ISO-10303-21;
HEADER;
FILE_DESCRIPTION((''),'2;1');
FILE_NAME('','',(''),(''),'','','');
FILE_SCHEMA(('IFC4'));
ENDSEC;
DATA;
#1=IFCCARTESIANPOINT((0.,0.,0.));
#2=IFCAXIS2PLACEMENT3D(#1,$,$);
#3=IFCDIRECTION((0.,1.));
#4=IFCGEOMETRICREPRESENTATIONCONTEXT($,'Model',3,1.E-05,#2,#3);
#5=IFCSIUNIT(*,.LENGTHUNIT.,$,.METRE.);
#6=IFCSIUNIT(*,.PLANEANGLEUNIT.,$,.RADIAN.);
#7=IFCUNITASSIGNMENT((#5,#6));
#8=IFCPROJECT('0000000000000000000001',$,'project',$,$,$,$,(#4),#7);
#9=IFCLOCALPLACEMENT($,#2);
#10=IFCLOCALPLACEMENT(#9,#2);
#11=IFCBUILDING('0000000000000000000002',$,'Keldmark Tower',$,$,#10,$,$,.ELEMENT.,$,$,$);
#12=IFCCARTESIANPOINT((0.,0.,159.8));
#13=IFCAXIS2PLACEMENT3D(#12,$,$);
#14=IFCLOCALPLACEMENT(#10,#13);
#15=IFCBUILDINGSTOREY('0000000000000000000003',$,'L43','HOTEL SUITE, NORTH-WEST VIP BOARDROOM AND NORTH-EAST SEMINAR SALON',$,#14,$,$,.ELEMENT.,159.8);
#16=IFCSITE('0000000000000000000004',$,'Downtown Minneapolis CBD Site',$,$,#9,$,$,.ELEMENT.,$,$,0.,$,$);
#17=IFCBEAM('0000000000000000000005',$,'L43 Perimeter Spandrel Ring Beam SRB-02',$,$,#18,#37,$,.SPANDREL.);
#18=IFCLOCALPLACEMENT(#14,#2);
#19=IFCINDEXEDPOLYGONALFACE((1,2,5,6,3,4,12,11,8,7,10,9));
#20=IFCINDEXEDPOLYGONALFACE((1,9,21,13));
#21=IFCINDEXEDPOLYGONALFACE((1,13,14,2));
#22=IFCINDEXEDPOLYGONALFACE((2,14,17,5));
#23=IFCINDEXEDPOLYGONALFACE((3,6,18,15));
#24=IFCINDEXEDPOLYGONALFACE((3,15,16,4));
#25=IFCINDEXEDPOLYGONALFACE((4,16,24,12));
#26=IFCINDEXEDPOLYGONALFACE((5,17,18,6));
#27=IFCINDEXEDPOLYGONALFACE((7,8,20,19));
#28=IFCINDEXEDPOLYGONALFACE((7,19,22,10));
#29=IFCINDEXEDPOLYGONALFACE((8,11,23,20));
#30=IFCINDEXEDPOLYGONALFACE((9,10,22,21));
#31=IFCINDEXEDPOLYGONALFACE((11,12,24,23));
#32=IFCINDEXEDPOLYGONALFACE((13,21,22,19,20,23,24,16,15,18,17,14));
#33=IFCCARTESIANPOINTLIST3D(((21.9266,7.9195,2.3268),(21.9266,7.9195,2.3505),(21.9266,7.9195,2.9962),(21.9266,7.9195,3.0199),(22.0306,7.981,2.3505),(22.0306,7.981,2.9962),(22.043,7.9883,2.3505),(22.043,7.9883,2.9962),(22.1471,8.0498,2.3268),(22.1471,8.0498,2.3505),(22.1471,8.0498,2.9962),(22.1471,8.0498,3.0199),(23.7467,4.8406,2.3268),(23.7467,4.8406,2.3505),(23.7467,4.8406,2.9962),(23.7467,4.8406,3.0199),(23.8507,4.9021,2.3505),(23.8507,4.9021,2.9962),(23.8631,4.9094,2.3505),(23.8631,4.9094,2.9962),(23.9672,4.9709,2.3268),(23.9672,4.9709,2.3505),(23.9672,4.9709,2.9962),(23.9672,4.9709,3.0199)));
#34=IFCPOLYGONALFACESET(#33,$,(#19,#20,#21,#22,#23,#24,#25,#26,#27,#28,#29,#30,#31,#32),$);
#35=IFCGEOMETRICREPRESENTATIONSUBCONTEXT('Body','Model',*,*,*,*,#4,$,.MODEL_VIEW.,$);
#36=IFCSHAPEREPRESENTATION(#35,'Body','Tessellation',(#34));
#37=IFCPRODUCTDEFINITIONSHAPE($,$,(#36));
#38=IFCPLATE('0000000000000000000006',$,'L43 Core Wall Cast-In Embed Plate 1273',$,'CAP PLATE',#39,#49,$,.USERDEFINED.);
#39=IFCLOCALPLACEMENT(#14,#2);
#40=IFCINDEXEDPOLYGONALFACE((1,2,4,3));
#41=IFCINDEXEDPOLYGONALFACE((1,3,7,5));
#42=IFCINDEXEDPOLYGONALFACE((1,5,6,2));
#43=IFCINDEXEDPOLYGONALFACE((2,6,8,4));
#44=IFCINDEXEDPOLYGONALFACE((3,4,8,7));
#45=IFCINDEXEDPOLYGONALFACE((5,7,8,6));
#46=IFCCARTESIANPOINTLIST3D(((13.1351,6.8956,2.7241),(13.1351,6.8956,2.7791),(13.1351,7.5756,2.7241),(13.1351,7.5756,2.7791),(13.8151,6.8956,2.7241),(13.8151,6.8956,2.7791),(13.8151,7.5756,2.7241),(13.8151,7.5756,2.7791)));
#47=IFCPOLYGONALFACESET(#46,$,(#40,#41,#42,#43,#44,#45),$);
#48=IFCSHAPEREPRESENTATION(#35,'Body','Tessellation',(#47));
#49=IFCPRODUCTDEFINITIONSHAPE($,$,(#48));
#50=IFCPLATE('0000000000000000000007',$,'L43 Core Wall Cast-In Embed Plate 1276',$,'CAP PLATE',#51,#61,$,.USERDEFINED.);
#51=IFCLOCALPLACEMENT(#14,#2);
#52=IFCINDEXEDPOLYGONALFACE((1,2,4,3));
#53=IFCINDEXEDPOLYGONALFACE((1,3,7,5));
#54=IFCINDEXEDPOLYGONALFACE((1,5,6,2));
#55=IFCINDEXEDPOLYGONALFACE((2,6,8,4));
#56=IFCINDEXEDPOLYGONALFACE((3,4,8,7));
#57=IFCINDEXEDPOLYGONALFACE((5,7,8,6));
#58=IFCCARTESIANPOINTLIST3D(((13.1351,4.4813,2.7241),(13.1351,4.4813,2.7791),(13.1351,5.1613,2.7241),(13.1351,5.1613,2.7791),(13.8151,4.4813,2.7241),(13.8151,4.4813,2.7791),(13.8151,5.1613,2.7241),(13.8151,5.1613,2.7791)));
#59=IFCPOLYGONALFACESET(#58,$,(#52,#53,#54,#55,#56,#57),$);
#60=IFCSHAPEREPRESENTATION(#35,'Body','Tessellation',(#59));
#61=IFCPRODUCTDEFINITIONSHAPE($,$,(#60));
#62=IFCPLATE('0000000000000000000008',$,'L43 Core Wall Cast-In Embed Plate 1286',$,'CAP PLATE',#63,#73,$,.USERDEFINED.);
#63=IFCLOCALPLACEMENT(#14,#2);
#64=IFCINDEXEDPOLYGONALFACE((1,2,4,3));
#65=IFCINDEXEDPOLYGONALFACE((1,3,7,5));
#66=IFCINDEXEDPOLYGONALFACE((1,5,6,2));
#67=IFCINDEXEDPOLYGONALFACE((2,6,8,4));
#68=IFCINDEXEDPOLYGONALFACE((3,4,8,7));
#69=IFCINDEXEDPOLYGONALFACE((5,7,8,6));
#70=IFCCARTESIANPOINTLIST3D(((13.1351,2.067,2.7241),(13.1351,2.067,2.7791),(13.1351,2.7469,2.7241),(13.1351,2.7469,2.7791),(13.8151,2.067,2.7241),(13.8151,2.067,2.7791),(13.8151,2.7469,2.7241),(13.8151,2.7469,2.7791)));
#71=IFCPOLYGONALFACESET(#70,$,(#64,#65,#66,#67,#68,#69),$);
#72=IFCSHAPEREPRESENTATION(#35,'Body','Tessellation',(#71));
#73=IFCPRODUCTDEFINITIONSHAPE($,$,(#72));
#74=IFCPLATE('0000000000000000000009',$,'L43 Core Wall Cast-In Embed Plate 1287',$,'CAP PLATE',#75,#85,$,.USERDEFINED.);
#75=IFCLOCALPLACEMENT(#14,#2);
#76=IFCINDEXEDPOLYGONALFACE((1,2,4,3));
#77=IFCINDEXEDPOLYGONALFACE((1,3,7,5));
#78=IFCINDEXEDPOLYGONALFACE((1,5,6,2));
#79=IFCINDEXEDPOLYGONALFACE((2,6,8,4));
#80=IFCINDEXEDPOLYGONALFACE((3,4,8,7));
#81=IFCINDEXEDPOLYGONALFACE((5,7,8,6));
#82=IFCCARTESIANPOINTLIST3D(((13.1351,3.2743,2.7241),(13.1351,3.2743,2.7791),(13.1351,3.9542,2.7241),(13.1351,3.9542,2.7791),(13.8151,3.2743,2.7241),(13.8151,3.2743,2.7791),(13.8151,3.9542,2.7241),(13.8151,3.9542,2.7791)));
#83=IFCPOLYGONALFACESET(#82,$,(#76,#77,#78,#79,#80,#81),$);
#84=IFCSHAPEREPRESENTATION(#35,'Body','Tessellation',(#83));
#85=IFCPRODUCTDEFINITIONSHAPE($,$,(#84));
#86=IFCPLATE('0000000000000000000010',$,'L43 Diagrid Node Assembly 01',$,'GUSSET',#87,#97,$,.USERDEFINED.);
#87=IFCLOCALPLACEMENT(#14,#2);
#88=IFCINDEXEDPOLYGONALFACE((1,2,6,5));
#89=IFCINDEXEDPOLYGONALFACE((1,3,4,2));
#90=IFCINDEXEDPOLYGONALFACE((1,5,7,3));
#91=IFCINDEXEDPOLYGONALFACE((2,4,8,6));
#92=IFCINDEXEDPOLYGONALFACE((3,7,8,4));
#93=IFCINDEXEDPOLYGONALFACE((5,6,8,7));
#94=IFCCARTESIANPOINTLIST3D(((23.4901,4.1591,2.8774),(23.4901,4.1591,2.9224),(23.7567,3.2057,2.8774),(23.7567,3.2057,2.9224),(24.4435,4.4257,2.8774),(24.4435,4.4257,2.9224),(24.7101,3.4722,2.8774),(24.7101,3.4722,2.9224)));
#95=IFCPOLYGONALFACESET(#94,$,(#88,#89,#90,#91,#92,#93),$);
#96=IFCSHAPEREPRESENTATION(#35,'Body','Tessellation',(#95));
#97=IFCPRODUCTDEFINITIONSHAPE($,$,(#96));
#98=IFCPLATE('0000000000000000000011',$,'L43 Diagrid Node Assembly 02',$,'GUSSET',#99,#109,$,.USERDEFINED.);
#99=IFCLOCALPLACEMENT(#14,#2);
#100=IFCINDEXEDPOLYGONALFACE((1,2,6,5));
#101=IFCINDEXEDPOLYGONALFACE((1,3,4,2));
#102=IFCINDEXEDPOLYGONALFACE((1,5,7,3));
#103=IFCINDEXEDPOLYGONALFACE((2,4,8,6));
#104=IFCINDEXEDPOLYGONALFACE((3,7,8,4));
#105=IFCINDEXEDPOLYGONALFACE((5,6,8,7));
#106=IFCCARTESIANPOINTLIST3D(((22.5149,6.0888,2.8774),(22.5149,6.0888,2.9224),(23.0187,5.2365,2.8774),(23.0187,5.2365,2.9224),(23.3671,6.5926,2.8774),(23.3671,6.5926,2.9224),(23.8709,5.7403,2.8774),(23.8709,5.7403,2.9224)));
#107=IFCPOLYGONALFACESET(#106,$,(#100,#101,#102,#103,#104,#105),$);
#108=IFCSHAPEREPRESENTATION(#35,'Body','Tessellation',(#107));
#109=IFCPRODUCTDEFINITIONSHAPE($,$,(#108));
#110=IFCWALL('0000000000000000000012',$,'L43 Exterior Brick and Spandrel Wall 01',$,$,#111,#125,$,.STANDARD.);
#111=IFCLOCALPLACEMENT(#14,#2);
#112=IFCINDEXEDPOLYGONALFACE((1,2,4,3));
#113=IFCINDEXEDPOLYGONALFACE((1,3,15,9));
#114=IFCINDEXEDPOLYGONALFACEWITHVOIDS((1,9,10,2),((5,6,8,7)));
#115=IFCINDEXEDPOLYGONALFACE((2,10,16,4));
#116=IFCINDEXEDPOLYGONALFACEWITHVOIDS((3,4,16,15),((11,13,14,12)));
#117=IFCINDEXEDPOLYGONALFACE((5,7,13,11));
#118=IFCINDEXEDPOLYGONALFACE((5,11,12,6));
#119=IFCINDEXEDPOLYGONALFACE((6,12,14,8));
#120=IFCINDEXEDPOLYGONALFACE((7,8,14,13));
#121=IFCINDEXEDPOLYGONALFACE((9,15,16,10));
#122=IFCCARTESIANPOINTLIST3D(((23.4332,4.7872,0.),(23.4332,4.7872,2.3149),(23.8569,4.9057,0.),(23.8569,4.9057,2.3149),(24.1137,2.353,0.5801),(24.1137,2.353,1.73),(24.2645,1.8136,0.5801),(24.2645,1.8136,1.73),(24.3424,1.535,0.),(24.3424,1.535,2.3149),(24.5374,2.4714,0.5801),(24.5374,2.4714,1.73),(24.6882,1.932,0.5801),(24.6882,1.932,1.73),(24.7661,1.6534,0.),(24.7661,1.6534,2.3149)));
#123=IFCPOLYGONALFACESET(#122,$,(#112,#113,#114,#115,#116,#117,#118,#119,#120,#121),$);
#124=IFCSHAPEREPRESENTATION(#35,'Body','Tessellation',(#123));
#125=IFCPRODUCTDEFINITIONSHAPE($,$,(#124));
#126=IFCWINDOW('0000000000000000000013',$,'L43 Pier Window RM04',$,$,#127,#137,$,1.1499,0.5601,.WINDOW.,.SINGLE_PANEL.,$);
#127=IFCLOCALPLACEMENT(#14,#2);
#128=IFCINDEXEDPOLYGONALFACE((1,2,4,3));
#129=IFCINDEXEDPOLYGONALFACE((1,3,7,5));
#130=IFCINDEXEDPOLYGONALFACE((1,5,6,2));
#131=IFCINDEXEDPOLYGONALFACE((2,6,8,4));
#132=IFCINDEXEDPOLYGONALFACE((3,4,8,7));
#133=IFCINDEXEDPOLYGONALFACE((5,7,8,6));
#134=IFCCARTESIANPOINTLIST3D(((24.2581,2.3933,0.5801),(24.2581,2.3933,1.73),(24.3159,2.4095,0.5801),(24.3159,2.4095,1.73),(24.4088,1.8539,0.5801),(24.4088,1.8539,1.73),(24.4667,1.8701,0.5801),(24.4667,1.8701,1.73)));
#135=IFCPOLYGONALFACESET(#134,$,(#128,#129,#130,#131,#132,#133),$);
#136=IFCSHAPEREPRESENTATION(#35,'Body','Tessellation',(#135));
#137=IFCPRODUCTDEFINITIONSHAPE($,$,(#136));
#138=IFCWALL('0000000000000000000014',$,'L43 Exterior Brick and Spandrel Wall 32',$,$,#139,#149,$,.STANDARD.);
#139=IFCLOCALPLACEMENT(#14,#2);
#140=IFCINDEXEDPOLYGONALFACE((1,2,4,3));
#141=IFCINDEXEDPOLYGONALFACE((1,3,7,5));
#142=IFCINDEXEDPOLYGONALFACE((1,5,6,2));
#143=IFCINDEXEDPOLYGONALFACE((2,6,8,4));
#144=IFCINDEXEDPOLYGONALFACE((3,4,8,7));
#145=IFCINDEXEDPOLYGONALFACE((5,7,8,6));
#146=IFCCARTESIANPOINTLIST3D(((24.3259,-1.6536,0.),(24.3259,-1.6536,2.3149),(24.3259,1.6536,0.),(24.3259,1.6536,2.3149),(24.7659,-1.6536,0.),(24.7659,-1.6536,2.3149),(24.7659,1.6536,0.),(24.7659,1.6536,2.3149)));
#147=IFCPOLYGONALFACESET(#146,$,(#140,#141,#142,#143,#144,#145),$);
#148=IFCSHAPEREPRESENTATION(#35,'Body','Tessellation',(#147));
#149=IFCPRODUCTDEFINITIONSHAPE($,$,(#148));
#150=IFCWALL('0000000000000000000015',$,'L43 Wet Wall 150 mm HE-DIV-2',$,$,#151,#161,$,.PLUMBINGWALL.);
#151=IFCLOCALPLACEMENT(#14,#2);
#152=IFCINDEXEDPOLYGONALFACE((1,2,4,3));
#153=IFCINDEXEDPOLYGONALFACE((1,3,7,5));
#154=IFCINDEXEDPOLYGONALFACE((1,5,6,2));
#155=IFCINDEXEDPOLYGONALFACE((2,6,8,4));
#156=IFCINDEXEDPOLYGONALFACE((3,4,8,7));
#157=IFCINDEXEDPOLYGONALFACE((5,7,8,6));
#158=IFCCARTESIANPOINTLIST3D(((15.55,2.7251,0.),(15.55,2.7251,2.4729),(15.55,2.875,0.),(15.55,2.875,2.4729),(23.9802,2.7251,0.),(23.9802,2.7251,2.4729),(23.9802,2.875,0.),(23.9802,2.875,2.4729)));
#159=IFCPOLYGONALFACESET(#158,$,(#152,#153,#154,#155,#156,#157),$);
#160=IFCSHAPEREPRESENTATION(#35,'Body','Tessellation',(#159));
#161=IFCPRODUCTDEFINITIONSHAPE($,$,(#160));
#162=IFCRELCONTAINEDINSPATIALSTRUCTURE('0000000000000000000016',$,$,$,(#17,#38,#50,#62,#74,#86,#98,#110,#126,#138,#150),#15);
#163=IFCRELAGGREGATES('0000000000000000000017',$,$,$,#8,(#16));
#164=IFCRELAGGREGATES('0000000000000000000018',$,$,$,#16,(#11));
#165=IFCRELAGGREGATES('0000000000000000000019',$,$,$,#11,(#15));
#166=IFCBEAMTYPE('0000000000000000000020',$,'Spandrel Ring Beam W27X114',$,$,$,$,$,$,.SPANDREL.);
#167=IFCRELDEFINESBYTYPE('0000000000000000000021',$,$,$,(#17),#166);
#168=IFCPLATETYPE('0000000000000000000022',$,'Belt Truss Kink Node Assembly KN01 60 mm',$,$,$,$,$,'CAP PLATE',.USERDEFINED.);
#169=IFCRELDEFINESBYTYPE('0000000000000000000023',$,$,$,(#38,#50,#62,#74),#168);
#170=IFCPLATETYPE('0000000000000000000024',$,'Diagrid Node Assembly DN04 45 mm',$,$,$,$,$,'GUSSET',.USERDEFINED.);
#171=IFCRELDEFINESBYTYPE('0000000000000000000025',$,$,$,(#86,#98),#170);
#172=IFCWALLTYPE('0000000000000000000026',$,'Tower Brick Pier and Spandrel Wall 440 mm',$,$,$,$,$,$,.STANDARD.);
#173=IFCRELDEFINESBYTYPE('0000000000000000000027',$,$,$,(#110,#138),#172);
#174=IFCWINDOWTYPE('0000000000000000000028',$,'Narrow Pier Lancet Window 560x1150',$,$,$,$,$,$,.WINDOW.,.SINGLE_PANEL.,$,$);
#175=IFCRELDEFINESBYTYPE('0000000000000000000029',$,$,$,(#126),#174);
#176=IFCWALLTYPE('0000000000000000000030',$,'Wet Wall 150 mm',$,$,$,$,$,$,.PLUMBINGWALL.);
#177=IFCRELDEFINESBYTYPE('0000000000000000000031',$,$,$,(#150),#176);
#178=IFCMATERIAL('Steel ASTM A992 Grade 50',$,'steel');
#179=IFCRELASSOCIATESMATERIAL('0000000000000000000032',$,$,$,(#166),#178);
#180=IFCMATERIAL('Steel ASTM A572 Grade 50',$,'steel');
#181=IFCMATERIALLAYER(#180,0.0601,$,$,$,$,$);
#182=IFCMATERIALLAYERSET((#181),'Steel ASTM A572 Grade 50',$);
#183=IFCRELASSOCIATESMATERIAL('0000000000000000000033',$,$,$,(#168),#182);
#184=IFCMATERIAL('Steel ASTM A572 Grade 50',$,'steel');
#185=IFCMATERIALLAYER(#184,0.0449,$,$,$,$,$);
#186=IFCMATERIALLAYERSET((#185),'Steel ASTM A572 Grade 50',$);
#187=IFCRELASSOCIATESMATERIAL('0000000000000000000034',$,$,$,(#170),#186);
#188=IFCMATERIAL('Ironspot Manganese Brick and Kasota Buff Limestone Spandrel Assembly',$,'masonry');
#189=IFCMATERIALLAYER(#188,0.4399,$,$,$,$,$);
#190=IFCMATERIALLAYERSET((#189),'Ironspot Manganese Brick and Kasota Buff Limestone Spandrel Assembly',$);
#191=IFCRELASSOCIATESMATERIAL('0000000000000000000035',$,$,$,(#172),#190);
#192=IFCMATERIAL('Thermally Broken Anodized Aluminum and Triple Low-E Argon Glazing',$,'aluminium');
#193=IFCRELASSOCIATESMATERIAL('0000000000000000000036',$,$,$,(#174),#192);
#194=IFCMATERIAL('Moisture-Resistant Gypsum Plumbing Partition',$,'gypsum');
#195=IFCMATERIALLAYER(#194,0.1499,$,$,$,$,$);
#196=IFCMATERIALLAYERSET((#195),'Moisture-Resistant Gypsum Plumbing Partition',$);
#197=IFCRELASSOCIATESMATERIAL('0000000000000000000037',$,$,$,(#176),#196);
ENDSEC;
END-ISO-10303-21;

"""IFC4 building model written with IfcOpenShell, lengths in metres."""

from ifc_helpers import new_model, si_unit, direction, frame, frame_2d, origin, origin_2d, place, context, subcontext, project, spatial, rectangle, i_section, extrude, material, layer, layer_set, material_profile, profile_set, type_object, element, fill, save


model = new_model("IFC4")

# Units and contexts
model_context = context("Model", 3, precision=1e-05, world=origin(), true_north=direction((0.0, 1.0)))
body_context = subcontext(model_context, "Body", "Model", "MODEL_VIEW")
ifc_project = project(units=[si_unit("LENGTHUNIT", "METRE"), si_unit("PLANEANGLEUNIT", "RADIAN")], contexts=[model_context])

# Site, building, storey
site_placement = place(None, origin())
site = spatial("IfcSite", under=ifc_project, at=site_placement, Name="Downtown Minneapolis CBD Site", CompositionType="ELEMENT", RefElevation=0.0)
building_placement = place(site_placement, origin())
building = spatial("IfcBuilding", under=site, at=building_placement, Name="Keldmark Tower", CompositionType="ELEMENT")
storey_placement = place(building_placement, frame((0.0, 0.0, 159.8)))
storey = spatial("IfcBuildingStorey", under=building, at=storey_placement, Name="L43", Description="HOTEL SUITE, NORTH-WEST VIP BOARDROOM AND NORTH-EAST SEMINAR SALON", CompositionType="ELEMENT", Elevation=159.8)

# Beam
ifc_material_1 = material(Name="Steel ASTM A992 Grade 50", Category="steel")
ifc_material_profile_1 = material_profile(ifc_material_1, i_section(OverallWidth=0.2561, OverallDepth=0.6931, WebThickness=0.0144, FlangeThickness=0.0237, at=origin_2d()), Name="W27X114")
ifc_profile_set_1 = profile_set([ifc_material_profile_1], Name="Steel ASTM A992 Grade 50")
beam_type_1 = type_object("IfcBeamType", Name="Spandrel Ring Beam W27X114", PredefinedType="SPANDREL", material=ifc_profile_set_1)
beam_1_placement = place(storey_placement, frame((23.8569, 4.9058, 2.6733), z_axis=(-0.508883, 0.860835, 0.0), x_axis=(-0.860835, -0.508883, 0.0)))
element("IfcBeam", 1, at=beam_1_placement, inside=storey, type_object=beam_type_1, Name="L43 Perimeter Spandrel Ring Beam SRB-02", PredefinedType="SPANDREL", context=body_context, shape_type="SweptSolid", body=[
    extrude(i_section(OverallWidth=0.2561, OverallDepth=0.6931, WebThickness=0.0144, FlangeThickness=0.0237, at=origin_2d()), origin(), (0.0, 0.0, 1.0), 3.5767),
])

# Plates
ifc_material_2 = material(Name="Steel ASTM A572 Grade 50", Category="steel")
ifc_layer_1 = layer(ifc_material_2, 0.0601)
ifc_layer_set_1 = layer_set([ifc_layer_1], Name="Steel ASTM A572 Grade 50")
plate_type_1 = type_object("IfcPlateType", Name="Belt Truss Kink Node Assembly KN01 60 mm", ElementType="CAP PLATE", PredefinedType="USERDEFINED", material=ifc_layer_set_1)
for number, where, z_axis, x_axis, name in (
    (2, (13.4751, 7.2356, 2.7241), (0.0, 0.0, 1.0), (1.0, 0.0, 0.0), "L43 Core Wall Cast-In Embed Plate 1273"),
    (3, (13.4751, 4.8213, 2.7241), (0.0, 0.0, 1.0), (1.0, 0.0, 0.0), "L43 Core Wall Cast-In Embed Plate 1276"),
    (4, (13.4751, 2.407, 2.7241), (0.0, 0.0, 1.0), (1.0, 0.0, 0.0), "L43 Core Wall Cast-In Embed Plate 1286"),
    (5, (13.4751, 3.6143, 2.7241), (0.0, 0.0, 1.0), (1.0, 0.0, 0.0), "L43 Core Wall Cast-In Embed Plate 1287"),
):
    element("IfcPlate", number, at=place(storey_placement, frame(where, z_axis=z_axis, x_axis=x_axis)), inside=storey, type_object=plate_type_1, Name=name, ObjectType="CAP PLATE", PredefinedType="USERDEFINED", context=body_context, shape_type="SweptSolid", body=[
        extrude(rectangle(XDim=0.6799, YDim=0.6799, at=origin_2d()), origin(), (0.0, 0.0, 1.0), 0.0549),
    ])
ifc_material_3 = material(Name="Steel ASTM A572 Grade 50", Category="steel")
ifc_layer_2 = layer(ifc_material_3, 0.0449)
ifc_layer_set_2 = layer_set([ifc_layer_2], Name="Steel ASTM A572 Grade 50")
plate_type_2 = type_object("IfcPlateType", Name="Diagrid Node Assembly DN04 45 mm", ElementType="GUSSET", PredefinedType="USERDEFINED", material=ifc_layer_set_2)
for number, where, z_axis, x_axis, name in (
    (6, (24.1001, 3.8157, 2.8774), (0.0, 0.0, 1.0), (-0.269256, 0.963069, 0.0), "L43 Diagrid Node Assembly 01"),
    (7, (23.1929, 5.9146, 2.8774), (0.0, 0.0, 1.0), (-0.508891, 0.860831, 0.0), "L43 Diagrid Node Assembly 02"),
):
    element("IfcPlate", number, at=place(storey_placement, frame(where, z_axis=z_axis, x_axis=x_axis)), inside=storey, type_object=plate_type_2, Name=name, ObjectType="GUSSET", PredefinedType="USERDEFINED", context=body_context, shape_type="SweptSolid", body=[
        extrude(rectangle(XDim=0.99, YDim=0.99, at=origin_2d()), origin(), (0.0, 0.0, 1.0), 0.0449),
    ])

# Wall, opening, window
ifc_material_4 = material(Name="Ironspot Manganese Brick and Kasota Buff Limestone Spandrel Assembly", Category="masonry")
ifc_layer_3 = layer(ifc_material_4, 0.4399)
ifc_layer_set_3 = layer_set([ifc_layer_3], Name="Ironspot Manganese Brick and Kasota Buff Limestone Spandrel Assembly")
wall_type_1 = type_object("IfcWallType", Name="Tower Brick Pier and Spandrel Wall 440 mm", PredefinedType="STANDARD", material=ifc_layer_set_3)
wall_1_placement = place(storey_placement, frame((23.645, 4.8464, 0.0), z_axis=(0.0, 0.0, 1.0), x_axis=(0.269236, -0.963074, 0.0)))
wall_1 = element("IfcWall", 8, at=wall_1_placement, inside=storey, type_object=wall_type_1, Name="L43 Exterior Brick and Spandrel Wall 01", PredefinedType="STANDARD", context=body_context, shape_type="SweptSolid", body=[
    extrude(rectangle(XDim=3.377, YDim=0.4399, at=frame_2d((1.6885, 0.0))), origin(), (0.0, 0.0, 1.0), 2.3149),
])
opening_1_placement = place(wall_1_placement, frame((2.5276, 0.0, 0.5801)))
opening_1 = element("IfcOpeningElement", 9, at=opening_1_placement, cuts=wall_1, PredefinedType="OPENING", context=body_context, shape_type="SweptSolid", body=[
    extrude(rectangle(XDim=0.5601, YDim=1.1499, at=frame_2d((0.28, 0.575))), frame((0.0, 0.23, 0.0), z_axis=(0.0, -1.0, 0.0), x_axis=(1.0, 0.0, 0.0)), (0.0, 0.0, 1.0), 0.46),
])
ifc_material_5 = material(Name="Thermally Broken Anodized Aluminum and Triple Low-E Argon Glazing", Category="aluminium")
window_type = type_object("IfcWindowType", Name="Narrow Pier Lancet Window 560x1150", PartitioningType="SINGLE_PANEL", PredefinedType="WINDOW", material=ifc_material_5)
window_placement = place(opening_1_placement, origin())
window = element("IfcWindow", 10, at=window_placement, inside=storey, type_object=window_type, Name="L43 Pier Window RM04", OverallHeight=1.1499, OverallWidth=0.5601, PartitioningType="SINGLE_PANEL", PredefinedType="WINDOW", context=body_context, shape_type="SweptSolid", body=[
    extrude(rectangle(XDim=0.5601, YDim=1.1499, at=frame_2d((0.28, 0.575))), frame((0.0, -0.01, 0.0), z_axis=(0.0, -1.0, 0.0), x_axis=(1.0, 0.0, 0.0)), (0.0, 0.0, 1.0), 0.0601),
])
fill(opening_1, window)

# Wall
wall_2_placement = place(storey_placement, frame((24.5459, 1.6536, 0.0), z_axis=(0.0, 0.0, 1.0), x_axis=(0.0, -1.0, 0.0)))
element("IfcWall", 11, at=wall_2_placement, inside=storey, type_object=wall_type_1, Name="L43 Exterior Brick and Spandrel Wall 32", PredefinedType="STANDARD", context=body_context, shape_type="SweptSolid", body=[
    extrude(rectangle(XDim=3.3071, YDim=0.4399, at=frame_2d((1.6536, 0.0))), origin(), (0.0, 0.0, 1.0), 2.3149),
])

# Wall
ifc_material_6 = material(Name="Moisture-Resistant Gypsum Plumbing Partition", Category="gypsum")
ifc_layer_4 = layer(ifc_material_6, 0.1499)
ifc_layer_set_4 = layer_set([ifc_layer_4], Name="Moisture-Resistant Gypsum Plumbing Partition")
wall_type_2 = type_object("IfcWallType", Name="Wet Wall 150 mm", PredefinedType="PLUMBINGWALL", material=ifc_layer_set_4)
wall_3_placement = place(storey_placement, frame((15.55, 2.8, 0.0), z_axis=(0.0, 0.0, 1.0), x_axis=(1.0, 0.0, 0.0)))
element("IfcWall", 12, at=wall_3_placement, inside=storey, type_object=wall_type_2, Name="L43 Wet Wall 150 mm HE-DIV-2", PredefinedType="PLUMBINGWALL", context=body_context, shape_type="SweptSolid", body=[
    extrude(rectangle(XDim=8.4302, YDim=0.1499, at=frame_2d((4.2151, 0.0))), origin(), (0.0, 0.0, 1.0), 2.4729),
])

save(model, "model.ifc")
